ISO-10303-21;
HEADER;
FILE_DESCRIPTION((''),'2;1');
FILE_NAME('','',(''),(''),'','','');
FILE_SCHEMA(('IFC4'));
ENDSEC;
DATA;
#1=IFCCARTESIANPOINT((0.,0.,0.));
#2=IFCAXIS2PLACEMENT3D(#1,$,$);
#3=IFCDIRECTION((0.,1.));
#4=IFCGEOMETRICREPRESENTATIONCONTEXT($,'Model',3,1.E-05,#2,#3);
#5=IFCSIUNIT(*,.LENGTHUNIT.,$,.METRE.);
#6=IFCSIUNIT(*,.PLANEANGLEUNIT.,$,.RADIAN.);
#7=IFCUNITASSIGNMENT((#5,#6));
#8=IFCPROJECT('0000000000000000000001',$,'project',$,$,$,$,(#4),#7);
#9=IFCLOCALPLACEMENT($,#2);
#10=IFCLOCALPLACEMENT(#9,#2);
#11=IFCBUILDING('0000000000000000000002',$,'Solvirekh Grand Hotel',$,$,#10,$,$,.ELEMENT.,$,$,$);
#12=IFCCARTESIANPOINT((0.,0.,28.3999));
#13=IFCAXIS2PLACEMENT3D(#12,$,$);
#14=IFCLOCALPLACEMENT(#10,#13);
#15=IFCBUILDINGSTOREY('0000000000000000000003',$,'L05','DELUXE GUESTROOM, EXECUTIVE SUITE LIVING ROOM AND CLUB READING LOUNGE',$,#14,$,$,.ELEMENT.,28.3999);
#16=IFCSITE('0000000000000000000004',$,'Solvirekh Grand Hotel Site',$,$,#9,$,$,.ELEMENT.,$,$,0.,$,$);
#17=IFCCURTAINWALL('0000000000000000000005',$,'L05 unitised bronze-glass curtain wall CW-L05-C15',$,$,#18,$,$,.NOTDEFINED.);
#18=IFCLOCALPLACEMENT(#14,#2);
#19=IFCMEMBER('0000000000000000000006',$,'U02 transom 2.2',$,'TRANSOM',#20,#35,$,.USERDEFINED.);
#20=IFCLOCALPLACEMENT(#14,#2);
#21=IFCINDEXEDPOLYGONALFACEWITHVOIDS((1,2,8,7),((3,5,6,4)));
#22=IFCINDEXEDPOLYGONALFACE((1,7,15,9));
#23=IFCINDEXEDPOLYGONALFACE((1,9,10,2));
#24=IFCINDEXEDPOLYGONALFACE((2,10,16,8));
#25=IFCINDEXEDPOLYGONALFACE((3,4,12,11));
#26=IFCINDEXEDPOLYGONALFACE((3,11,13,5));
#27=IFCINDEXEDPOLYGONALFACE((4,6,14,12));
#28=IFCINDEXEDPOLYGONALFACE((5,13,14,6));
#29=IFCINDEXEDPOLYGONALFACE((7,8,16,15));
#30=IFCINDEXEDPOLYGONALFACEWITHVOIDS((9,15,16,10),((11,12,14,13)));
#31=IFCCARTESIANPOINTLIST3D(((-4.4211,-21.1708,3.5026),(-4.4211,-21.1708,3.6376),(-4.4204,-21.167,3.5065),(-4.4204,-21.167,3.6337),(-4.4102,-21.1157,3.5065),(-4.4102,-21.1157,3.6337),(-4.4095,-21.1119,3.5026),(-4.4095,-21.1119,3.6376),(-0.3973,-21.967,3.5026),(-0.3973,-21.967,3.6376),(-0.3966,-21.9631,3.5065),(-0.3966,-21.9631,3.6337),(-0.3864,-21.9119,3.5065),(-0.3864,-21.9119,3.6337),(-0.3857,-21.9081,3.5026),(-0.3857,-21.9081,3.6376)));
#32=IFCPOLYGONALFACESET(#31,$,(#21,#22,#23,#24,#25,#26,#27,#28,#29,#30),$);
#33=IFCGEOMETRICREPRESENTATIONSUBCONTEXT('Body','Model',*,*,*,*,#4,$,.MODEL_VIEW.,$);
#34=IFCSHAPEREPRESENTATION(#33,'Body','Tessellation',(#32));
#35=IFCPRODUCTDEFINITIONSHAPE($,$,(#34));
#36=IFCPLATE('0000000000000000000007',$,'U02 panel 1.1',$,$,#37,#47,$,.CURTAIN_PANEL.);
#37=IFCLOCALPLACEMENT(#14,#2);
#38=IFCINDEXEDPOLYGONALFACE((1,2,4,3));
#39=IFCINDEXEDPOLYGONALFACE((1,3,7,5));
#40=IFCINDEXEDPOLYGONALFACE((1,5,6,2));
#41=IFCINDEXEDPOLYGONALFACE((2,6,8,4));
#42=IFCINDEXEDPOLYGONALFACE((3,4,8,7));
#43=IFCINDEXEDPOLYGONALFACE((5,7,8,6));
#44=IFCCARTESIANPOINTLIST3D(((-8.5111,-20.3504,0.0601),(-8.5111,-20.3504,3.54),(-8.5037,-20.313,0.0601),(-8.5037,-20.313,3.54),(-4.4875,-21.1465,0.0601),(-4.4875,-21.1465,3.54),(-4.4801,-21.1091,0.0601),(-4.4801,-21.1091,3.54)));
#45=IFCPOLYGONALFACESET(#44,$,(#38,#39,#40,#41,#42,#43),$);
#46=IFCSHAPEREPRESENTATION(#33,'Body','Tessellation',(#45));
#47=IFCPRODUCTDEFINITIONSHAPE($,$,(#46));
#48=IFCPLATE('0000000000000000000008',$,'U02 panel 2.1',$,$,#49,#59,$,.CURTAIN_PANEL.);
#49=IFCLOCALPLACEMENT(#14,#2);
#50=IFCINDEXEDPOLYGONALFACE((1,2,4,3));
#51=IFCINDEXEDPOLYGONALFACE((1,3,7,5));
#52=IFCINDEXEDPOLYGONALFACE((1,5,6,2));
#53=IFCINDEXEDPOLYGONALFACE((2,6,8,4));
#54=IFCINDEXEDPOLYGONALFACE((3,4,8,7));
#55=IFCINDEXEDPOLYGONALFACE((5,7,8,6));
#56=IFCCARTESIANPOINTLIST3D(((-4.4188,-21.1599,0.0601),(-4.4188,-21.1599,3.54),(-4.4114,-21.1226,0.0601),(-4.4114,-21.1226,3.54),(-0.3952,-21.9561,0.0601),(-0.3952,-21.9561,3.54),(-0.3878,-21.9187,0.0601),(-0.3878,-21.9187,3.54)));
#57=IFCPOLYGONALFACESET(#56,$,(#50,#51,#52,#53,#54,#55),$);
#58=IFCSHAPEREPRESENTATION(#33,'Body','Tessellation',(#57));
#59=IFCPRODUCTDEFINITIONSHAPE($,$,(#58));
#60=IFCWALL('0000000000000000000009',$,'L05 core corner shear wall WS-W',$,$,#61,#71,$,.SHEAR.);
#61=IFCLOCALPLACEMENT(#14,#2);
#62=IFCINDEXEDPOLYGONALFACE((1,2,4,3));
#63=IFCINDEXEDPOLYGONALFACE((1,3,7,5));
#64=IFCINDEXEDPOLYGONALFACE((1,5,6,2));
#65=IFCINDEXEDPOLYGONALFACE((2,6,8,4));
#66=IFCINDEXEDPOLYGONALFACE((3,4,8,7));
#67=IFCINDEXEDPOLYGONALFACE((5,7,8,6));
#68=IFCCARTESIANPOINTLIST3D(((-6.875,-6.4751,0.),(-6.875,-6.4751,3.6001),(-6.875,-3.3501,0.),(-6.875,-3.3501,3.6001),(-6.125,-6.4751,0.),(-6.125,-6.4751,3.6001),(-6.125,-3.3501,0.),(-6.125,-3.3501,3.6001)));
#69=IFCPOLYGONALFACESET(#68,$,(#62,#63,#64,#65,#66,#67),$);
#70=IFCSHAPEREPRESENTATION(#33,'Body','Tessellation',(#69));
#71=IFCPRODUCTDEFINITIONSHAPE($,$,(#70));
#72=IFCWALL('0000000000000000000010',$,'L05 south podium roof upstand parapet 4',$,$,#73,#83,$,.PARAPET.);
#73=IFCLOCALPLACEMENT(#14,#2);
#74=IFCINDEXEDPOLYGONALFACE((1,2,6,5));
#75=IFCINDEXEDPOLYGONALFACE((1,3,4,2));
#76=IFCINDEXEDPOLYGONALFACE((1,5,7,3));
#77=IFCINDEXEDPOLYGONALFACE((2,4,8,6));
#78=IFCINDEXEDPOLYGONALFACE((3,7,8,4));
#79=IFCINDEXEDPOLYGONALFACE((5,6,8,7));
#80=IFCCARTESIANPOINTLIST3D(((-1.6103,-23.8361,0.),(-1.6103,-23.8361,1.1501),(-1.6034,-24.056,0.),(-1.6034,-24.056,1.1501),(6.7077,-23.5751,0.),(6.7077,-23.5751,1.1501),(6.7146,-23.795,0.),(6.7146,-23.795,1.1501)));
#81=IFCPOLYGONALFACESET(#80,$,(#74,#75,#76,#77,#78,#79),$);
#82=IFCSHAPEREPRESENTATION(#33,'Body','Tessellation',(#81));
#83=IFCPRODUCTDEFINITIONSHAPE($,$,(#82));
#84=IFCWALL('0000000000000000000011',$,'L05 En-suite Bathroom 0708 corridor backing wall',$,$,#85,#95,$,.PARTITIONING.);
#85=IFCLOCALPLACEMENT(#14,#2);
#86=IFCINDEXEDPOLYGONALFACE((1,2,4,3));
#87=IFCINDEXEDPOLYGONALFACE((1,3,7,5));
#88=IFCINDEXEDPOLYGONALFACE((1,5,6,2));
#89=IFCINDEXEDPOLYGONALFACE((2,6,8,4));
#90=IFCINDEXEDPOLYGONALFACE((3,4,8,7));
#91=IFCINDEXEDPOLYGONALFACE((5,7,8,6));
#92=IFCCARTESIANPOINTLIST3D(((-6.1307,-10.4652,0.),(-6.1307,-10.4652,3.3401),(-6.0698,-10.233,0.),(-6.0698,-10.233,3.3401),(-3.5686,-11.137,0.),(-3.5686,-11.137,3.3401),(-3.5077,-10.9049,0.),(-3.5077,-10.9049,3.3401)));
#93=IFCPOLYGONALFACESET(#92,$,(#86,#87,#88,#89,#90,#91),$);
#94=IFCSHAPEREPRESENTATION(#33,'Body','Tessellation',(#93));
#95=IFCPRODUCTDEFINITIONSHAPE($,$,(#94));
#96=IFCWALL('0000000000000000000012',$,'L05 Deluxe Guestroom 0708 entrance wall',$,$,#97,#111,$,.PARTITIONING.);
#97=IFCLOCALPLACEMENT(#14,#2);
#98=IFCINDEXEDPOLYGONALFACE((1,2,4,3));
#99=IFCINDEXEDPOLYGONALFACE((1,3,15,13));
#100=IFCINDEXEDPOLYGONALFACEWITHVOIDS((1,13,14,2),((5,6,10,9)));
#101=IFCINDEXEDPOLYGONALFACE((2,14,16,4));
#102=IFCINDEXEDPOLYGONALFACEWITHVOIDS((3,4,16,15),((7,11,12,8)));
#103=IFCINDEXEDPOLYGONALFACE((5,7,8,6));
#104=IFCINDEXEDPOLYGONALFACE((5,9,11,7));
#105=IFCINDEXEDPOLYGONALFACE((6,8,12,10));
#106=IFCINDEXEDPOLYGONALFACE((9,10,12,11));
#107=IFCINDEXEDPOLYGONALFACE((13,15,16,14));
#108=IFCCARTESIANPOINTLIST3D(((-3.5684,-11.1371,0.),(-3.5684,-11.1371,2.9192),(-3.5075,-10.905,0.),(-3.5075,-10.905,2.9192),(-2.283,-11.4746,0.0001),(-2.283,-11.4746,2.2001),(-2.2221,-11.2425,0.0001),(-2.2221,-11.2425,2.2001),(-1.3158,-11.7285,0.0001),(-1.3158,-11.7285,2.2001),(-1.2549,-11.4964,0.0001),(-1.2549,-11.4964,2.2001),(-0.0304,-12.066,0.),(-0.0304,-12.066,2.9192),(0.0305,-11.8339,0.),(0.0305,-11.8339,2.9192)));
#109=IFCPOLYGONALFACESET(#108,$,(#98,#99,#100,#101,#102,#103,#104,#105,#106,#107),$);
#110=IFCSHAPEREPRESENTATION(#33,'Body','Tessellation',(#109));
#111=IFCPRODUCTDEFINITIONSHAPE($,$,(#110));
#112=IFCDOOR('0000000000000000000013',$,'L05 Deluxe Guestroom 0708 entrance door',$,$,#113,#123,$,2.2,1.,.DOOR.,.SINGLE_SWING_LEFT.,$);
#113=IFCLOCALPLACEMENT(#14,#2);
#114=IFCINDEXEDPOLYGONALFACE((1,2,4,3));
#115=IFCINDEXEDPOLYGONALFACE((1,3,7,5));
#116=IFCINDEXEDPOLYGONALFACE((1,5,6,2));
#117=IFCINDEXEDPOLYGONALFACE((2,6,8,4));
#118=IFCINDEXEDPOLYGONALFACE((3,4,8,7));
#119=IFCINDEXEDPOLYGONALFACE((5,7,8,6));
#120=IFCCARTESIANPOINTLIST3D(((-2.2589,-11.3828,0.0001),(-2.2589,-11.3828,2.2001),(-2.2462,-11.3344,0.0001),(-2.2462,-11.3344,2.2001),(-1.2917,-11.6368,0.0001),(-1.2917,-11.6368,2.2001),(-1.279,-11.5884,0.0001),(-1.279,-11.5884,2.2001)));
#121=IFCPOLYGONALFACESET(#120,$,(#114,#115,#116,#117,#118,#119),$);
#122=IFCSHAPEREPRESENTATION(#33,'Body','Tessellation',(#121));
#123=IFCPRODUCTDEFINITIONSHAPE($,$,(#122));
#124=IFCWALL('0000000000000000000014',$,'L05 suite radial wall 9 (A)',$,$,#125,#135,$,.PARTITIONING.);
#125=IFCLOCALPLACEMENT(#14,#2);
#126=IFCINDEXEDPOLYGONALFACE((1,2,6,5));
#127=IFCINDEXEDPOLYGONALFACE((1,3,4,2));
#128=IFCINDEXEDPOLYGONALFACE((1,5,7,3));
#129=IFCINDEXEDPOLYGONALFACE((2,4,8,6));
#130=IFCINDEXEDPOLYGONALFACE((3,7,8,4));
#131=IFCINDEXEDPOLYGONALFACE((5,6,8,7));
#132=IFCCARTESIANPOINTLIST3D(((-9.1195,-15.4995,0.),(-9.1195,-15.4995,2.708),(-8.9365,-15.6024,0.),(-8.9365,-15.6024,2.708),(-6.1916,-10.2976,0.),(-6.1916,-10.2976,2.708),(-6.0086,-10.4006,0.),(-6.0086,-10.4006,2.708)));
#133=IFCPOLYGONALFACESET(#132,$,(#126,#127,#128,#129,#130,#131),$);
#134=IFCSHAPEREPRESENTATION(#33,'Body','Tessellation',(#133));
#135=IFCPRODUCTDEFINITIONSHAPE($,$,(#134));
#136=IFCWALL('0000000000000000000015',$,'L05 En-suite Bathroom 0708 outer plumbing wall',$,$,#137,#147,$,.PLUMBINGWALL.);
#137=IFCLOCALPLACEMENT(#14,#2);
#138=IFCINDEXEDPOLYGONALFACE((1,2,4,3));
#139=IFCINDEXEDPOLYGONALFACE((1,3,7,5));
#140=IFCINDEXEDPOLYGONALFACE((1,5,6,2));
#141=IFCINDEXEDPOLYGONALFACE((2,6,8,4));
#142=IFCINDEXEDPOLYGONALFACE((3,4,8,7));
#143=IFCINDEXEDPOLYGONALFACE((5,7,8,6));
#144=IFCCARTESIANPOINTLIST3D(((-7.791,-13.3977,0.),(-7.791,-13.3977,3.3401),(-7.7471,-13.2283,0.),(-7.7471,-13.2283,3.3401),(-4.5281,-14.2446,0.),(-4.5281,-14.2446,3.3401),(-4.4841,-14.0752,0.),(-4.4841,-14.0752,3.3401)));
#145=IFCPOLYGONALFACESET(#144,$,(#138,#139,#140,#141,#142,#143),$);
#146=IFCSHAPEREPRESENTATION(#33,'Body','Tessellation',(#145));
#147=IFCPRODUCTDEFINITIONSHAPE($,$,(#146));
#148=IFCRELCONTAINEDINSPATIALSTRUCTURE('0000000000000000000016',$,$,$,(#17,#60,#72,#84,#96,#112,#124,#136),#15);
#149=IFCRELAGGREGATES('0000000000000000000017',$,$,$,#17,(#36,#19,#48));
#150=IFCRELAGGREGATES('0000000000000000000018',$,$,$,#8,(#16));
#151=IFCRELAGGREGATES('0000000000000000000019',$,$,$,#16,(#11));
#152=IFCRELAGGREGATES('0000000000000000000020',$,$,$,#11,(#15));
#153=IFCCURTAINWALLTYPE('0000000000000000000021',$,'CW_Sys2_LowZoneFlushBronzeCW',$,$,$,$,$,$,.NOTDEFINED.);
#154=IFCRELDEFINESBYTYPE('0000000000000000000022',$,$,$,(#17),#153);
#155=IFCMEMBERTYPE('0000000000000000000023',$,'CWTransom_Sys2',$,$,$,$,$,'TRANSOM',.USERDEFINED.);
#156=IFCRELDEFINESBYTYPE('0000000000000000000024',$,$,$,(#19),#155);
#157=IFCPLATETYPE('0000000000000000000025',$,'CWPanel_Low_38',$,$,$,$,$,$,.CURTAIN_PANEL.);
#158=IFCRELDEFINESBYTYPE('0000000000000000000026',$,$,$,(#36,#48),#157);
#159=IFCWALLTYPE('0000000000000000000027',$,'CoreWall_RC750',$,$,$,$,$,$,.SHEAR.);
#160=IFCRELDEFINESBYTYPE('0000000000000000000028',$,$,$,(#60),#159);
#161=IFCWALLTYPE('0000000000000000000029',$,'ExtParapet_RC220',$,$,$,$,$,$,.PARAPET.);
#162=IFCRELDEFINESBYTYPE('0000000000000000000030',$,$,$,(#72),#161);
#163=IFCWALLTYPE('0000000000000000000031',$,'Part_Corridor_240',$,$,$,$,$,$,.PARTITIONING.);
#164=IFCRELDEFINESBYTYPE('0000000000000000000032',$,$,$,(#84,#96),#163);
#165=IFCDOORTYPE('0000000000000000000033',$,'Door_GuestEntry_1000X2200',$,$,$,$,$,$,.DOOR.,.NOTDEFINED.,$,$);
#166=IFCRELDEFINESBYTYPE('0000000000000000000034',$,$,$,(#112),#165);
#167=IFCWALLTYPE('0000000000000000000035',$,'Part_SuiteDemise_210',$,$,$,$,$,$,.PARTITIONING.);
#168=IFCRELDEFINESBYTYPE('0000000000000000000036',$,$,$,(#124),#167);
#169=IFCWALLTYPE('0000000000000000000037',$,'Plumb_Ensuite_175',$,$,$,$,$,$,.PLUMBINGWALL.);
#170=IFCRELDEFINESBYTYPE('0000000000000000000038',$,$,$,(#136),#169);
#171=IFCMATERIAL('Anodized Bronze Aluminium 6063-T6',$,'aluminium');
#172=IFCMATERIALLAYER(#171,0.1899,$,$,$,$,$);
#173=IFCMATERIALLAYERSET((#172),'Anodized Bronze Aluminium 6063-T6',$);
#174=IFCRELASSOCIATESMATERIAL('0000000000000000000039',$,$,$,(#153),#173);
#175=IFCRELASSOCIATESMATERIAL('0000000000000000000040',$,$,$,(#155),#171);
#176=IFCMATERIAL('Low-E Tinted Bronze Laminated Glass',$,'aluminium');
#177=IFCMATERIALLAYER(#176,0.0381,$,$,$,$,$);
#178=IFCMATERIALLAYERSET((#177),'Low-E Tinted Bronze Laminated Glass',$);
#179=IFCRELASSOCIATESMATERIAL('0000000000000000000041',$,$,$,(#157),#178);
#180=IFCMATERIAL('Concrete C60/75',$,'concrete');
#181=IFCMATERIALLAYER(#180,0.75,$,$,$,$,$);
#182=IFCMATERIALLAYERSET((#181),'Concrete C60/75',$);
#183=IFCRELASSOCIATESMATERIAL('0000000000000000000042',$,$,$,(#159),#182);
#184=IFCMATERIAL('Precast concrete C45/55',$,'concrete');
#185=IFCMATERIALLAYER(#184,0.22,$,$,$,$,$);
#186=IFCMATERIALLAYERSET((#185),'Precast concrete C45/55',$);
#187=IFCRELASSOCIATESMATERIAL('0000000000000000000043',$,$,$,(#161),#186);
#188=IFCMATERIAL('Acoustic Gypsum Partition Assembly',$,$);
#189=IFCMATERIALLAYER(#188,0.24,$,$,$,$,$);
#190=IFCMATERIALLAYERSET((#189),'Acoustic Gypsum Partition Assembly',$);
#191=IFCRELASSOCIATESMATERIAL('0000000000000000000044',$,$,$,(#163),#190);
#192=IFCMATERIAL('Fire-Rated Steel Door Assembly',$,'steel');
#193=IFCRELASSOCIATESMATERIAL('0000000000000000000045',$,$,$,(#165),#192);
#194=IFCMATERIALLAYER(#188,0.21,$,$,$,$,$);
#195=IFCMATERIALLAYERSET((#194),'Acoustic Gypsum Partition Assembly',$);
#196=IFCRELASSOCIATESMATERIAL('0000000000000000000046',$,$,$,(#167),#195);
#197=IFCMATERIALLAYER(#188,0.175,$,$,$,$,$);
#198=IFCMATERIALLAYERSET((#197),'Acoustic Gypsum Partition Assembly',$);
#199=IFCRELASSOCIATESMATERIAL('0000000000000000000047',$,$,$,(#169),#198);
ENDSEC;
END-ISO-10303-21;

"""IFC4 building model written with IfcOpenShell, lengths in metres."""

from ifc_helpers import new_model, si_unit, direction, frame, frame_2d, origin, origin_2d, place, context, subcontext, project, spatial, rectangle, hollow_rectangle, extrude, source, transform, mapped, material, layer, layer_set, material_profile, profile_set, type_object, element, fill, aggregate, save


model = new_model("IFC4")

# Units and contexts
model_context = context("Model", 3, precision=1e-05, world=origin(), true_north=direction((0.0, 1.0)))
body_context = subcontext(model_context, "Body", "Model", "MODEL_VIEW")
ifc_project = project(units=[si_unit("LENGTHUNIT", "METRE"), si_unit("PLANEANGLEUNIT", "RADIAN")], contexts=[model_context])

# Site, building, storey
site_placement = place(None, origin())
site = spatial("IfcSite", under=ifc_project, at=site_placement, Name="Solvirekh Grand Hotel Site", CompositionType="ELEMENT", RefElevation=0.0)
building_placement = place(site_placement, origin())
building = spatial("IfcBuilding", under=site, at=building_placement, Name="Solvirekh Grand Hotel", CompositionType="ELEMENT")
storey_placement = place(building_placement, frame((0.0, 0.0, 28.3999)))
storey = spatial("IfcBuildingStorey", under=building, at=storey_placement, Name="L05", Description="DELUXE GUESTROOM, EXECUTIVE SUITE LIVING ROOM AND CLUB READING LOUNGE", CompositionType="ELEMENT", Elevation=28.3999)

# Shared definitions
ifc_material_1 = material(Name="Concrete C60/75", Category="concrete")

# Curtain wall, member, plates
ifc_material_2 = material(Name="Anodized Bronze Aluminium 6063-T6", Category="aluminium")
ifc_layer_1 = layer(ifc_material_2, 0.1899)
ifc_layer_set_1 = layer_set([ifc_layer_1], Name="Anodized Bronze Aluminium 6063-T6")
curtain_wall_type = type_object("IfcCurtainWallType", Name="CW_Sys2_LowZoneFlushBronzeCW", PredefinedType="NOTDEFINED", material=ifc_layer_set_1)
curtain_wall_placement = place(storey_placement, origin())
curtain_wall = element("IfcCurtainWall", 1, at=curtain_wall_placement, inside=storey, type_object=curtain_wall_type, Name="L05 unitised bronze-glass curtain wall CW-L05-C15", PredefinedType="NOTDEFINED")
ifc_material_profile_1 = material_profile(ifc_material_2, hollow_rectangle(XDim=0.0601, YDim=0.135, WallThickness=0.0039, at=origin_2d()), Name="ALU RHS 135X60X4")
ifc_profile_set_1 = profile_set([ifc_material_profile_1], Name="Anodized Bronze Aluminium 6063-T6")
member_type_1 = type_object("IfcMemberType", Name="CWTransom_Sys2", ElementType="TRANSOM", PredefinedType="USERDEFINED", material=ifc_profile_set_1)
shared_shape_1 = source(origin(), body_context, "Body", "SweptSolid", [
    extrude(hollow_rectangle(XDim=0.0601, YDim=0.135, WallThickness=0.0039, at=origin_2d()), origin(), (0.0, 0.0, 1.0), 4.1018),
])
member_1_placement = place(storey_placement, frame((-4.4153, -21.1414, 3.5701), z_axis=(0.980982, -0.194101, 0.0), x_axis=(0.194101, 0.980982, 0.0)))
member_1 = element("IfcMember", 2, at=member_1_placement, type_object=member_type_1, Name="U02 transom 2.2", ObjectType="TRANSOM", PredefinedType="USERDEFINED", context=body_context, shape_type="MappedRepresentation", body=[
    mapped(shared_shape_1, transform((0.0, 0.0, 0.0), x_axis=(1.0, 0.0, 0.0), y_axis=(0.0, 1.0, 0.0), z_axis=(0.0, 0.0, 1.0), scale=1.0)),
])
ifc_material_3 = material(Name="Low-E Tinted Bronze Laminated Glass", Category="aluminium")
ifc_layer_2 = layer(ifc_material_3, 0.0381)
ifc_layer_set_2 = layer_set([ifc_layer_2], Name="Low-E Tinted Bronze Laminated Glass")
plate_type = type_object("IfcPlateType", Name="CWPanel_Low_38", PredefinedType="CURTAIN_PANEL", material=ifc_layer_set_2)
shared_shape_2 = source(origin(), body_context, "Body", "SweptSolid", [
    extrude(rectangle(XDim=4.1016, YDim=0.0381, at=origin_2d()), origin(), (0.0, 0.0, 1.0), 3.48),
])
plate_1_placement = place(storey_placement, frame((-6.4956, -20.7297, 0.0601), z_axis=(0.0, 0.0, 1.0), x_axis=(0.980981, -0.194104, 0.0)))
plate_1 = element("IfcPlate", 3, at=plate_1_placement, type_object=plate_type, Name="U02 panel 1.1", PredefinedType="CURTAIN_PANEL", context=body_context, shape_type="MappedRepresentation", body=[
    mapped(shared_shape_2, transform((0.0, 0.0, 0.0), x_axis=(1.0, 0.0, 0.0), y_axis=(0.0, 1.0, 0.0), z_axis=(0.0, 0.0, 1.0), scale=1.0)),
])
plate_2_placement = place(storey_placement, frame((-2.4033, -21.5393, 0.0601), z_axis=(0.0, 0.0, 1.0), x_axis=(0.980981, -0.194104, 0.0)))
plate_2 = element("IfcPlate", 4, at=plate_2_placement, type_object=plate_type, Name="U02 panel 2.1", PredefinedType="CURTAIN_PANEL", context=body_context, shape_type="MappedRepresentation", body=[
    mapped(shared_shape_2, transform((0.0, 0.0, 0.0), x_axis=(1.0, 0.0, 0.0), y_axis=(0.0, 1.0, 0.0), z_axis=(0.0, 0.0, 1.0), scale=1.0)),
])
aggregate(curtain_wall, [plate_1, member_1, plate_2])

# Walls
ifc_layer_3 = layer(ifc_material_1, 0.75)
ifc_layer_set_3 = layer_set([ifc_layer_3], Name="Concrete C60/75")
wall_type_1 = type_object("IfcWallType", Name="CoreWall_RC750", PredefinedType="SHEAR", material=ifc_layer_set_3)
wall_1_placement = place(storey_placement, frame((-6.5, -6.4751, 0.0), z_axis=(0.0, 0.0, 1.0), x_axis=(0.0, 1.0, 0.0)))
element("IfcWall", 5, at=wall_1_placement, inside=storey, type_object=wall_type_1, Name="L05 core corner shear wall WS-W", PredefinedType="SHEAR", context=body_context, shape_type="SweptSolid", body=[
    extrude(rectangle(XDim=3.125, YDim=0.75, at=frame_2d((1.5625, 0.0))), origin(), (0.0, 0.0, 1.0), 3.6001),
])
ifc_material_4 = material(Name="Precast concrete C45/55", Category="concrete")
ifc_layer_4 = layer(ifc_material_4, 0.22)
ifc_layer_set_4 = layer_set([ifc_layer_4], Name="Precast concrete C45/55")
wall_type_2 = type_object("IfcWallType", Name="ExtParapet_RC220", PredefinedType="PARAPET", material=ifc_layer_set_4)
wall_2_placement = place(storey_placement, frame((-1.6069, -23.946, 0.0), z_axis=(0.0, 0.0, 1.0), x_axis=(0.999508, 0.031361, 0.0)))
element("IfcWall", 6, at=wall_2_placement, inside=storey, type_object=wall_type_2, Name="L05 south podium roof upstand parapet 4", PredefinedType="PARAPET", context=body_context, shape_type="SweptSolid", body=[
    extrude(rectangle(XDim=8.322, YDim=0.22, at=frame_2d((4.1611, 0.0))), origin(), (0.0, 0.0, 1.0), 1.1501),
])
ifc_material_5 = material(Name="Acoustic Gypsum Partition Assembly")
ifc_layer_5 = layer(ifc_material_5, 0.24)
ifc_layer_set_5 = layer_set([ifc_layer_5], Name="Acoustic Gypsum Partition Assembly")
wall_type_3 = type_object("IfcWallType", Name="Part_Corridor_240", PredefinedType="PARTITIONING", material=ifc_layer_set_5)
wall_3_placement = place(storey_placement, frame((-6.1001, -10.3491, 0.0), z_axis=(0.0, 0.0, 1.0), x_axis=(0.967291, -0.253667, 0.0)))
element("IfcWall", 7, at=wall_3_placement, inside=storey, type_object=wall_type_3, Name="L05 En-suite Bathroom 0708 corridor backing wall", PredefinedType="PARTITIONING", context=body_context, shape_type="SweptSolid", body=[
    extrude(rectangle(XDim=2.6487, YDim=0.24, at=frame_2d((1.3242, 0.0))), origin(), (0.0, 0.0, 1.0), 3.3401),
])

# Wall, opening, door
wall_4_placement = place(storey_placement, frame((-3.5381, -11.021, 0.0), z_axis=(0.0, 0.0, 1.0), x_axis=(0.967217, -0.253951, 0.0)))
wall_4 = element("IfcWall", 8, at=wall_4_placement, inside=storey, type_object=wall_type_3, Name="L05 Deluxe Guestroom 0708 entrance wall", PredefinedType="PARTITIONING", context=body_context, shape_type="SweptSolid", body=[
    extrude(rectangle(XDim=3.658, YDim=0.24, at=frame_2d((1.8291, 0.0))), origin(), (0.0, 0.0, 1.0), 2.9192),
])
opening_1_placement = place(wall_4_placement, frame((1.3291, 0.0, 0.0)))
opening_1 = element("IfcOpeningElement", 9, at=opening_1_placement, cuts=wall_4, PredefinedType="OPENING", context=body_context, shape_type="SweptSolid", body=[
    extrude(rectangle(XDim=1.0, YDim=2.2, at=frame_2d((0.5, 1.1001))), frame((0.0, 0.1299, 0.0), z_axis=(0.0, -1.0, 0.0), x_axis=(1.0, 0.0, 0.0)), (0.0, 0.0, 1.0), 0.26),
])
ifc_material_6 = material(Name="Fire-Rated Steel Door Assembly", Category="steel")
door_type_1 = type_object("IfcDoorType", Name="Door_GuestEntry_1000X2200", OperationType="NOTDEFINED", PredefinedType="DOOR", material=ifc_material_6)
door_1_placement = place(opening_1_placement, origin())
door_1 = element("IfcDoor", 10, at=door_1_placement, inside=storey, type_object=door_type_1, Name="L05 Deluxe Guestroom 0708 entrance door", OperationType="SINGLE_SWING_LEFT", OverallHeight=2.2, OverallWidth=1.0, PredefinedType="DOOR", context=body_context, shape_type="SweptSolid", body=[
    extrude(rectangle(XDim=1.0, YDim=2.2, at=frame_2d((0.5, 1.1001))), frame((0.0, 0.0249, 0.0), z_axis=(0.0, -1.0, 0.0), x_axis=(1.0, 0.0, 0.0)), (0.0, 0.0, 1.0), 0.05),
])
fill(opening_1, door_1)

# Walls
ifc_layer_6 = layer(ifc_material_5, 0.21)
ifc_layer_set_6 = layer_set([ifc_layer_6], Name="Acoustic Gypsum Partition Assembly")
wall_type_4 = type_object("IfcWallType", Name="Part_SuiteDemise_210", PredefinedType="PARTITIONING", material=ifc_layer_set_6)
wall_5_placement = place(storey_placement, frame((-6.1001, -10.3491, 0.0), z_axis=(0.0, 0.0, 1.0), x_axis=(-0.490504, -0.871439, 0.0)))
element("IfcWall", 11, at=wall_5_placement, inside=storey, type_object=wall_type_4, Name="L05 suite radial wall 9 (A)", PredefinedType="PARTITIONING", context=body_context, shape_type="SweptSolid", body=[
    extrude(rectangle(XDim=5.9692, YDim=0.21, at=frame_2d((2.9846, 0.0))), origin(), (0.0, 0.0, 1.0), 2.708),
])
ifc_layer_7 = layer(ifc_material_5, 0.175)
ifc_layer_set_7 = layer_set([ifc_layer_7], Name="Acoustic Gypsum Partition Assembly")
wall_type_5 = type_object("IfcWallType", Name="Plumb_Ensuite_175", PredefinedType="PLUMBINGWALL", material=ifc_layer_set_7)
wall_6_placement = place(storey_placement, frame((-7.769, -13.313, 0.0), z_axis=(0.0, 0.0, 1.0), x_axis=(0.967926, -0.251234, 0.0)))
element("IfcWall", 12, at=wall_6_placement, inside=storey, type_object=wall_type_5, Name="L05 En-suite Bathroom 0708 outer plumbing wall", PredefinedType="PLUMBINGWALL", context=body_context, shape_type="SweptSolid", body=[
    extrude(rectangle(XDim=3.3711, YDim=0.175, at=frame_2d((1.6855, 0.0))), origin(), (0.0, 0.0, 1.0), 3.3401),
])

save(model, "model.ifc")
